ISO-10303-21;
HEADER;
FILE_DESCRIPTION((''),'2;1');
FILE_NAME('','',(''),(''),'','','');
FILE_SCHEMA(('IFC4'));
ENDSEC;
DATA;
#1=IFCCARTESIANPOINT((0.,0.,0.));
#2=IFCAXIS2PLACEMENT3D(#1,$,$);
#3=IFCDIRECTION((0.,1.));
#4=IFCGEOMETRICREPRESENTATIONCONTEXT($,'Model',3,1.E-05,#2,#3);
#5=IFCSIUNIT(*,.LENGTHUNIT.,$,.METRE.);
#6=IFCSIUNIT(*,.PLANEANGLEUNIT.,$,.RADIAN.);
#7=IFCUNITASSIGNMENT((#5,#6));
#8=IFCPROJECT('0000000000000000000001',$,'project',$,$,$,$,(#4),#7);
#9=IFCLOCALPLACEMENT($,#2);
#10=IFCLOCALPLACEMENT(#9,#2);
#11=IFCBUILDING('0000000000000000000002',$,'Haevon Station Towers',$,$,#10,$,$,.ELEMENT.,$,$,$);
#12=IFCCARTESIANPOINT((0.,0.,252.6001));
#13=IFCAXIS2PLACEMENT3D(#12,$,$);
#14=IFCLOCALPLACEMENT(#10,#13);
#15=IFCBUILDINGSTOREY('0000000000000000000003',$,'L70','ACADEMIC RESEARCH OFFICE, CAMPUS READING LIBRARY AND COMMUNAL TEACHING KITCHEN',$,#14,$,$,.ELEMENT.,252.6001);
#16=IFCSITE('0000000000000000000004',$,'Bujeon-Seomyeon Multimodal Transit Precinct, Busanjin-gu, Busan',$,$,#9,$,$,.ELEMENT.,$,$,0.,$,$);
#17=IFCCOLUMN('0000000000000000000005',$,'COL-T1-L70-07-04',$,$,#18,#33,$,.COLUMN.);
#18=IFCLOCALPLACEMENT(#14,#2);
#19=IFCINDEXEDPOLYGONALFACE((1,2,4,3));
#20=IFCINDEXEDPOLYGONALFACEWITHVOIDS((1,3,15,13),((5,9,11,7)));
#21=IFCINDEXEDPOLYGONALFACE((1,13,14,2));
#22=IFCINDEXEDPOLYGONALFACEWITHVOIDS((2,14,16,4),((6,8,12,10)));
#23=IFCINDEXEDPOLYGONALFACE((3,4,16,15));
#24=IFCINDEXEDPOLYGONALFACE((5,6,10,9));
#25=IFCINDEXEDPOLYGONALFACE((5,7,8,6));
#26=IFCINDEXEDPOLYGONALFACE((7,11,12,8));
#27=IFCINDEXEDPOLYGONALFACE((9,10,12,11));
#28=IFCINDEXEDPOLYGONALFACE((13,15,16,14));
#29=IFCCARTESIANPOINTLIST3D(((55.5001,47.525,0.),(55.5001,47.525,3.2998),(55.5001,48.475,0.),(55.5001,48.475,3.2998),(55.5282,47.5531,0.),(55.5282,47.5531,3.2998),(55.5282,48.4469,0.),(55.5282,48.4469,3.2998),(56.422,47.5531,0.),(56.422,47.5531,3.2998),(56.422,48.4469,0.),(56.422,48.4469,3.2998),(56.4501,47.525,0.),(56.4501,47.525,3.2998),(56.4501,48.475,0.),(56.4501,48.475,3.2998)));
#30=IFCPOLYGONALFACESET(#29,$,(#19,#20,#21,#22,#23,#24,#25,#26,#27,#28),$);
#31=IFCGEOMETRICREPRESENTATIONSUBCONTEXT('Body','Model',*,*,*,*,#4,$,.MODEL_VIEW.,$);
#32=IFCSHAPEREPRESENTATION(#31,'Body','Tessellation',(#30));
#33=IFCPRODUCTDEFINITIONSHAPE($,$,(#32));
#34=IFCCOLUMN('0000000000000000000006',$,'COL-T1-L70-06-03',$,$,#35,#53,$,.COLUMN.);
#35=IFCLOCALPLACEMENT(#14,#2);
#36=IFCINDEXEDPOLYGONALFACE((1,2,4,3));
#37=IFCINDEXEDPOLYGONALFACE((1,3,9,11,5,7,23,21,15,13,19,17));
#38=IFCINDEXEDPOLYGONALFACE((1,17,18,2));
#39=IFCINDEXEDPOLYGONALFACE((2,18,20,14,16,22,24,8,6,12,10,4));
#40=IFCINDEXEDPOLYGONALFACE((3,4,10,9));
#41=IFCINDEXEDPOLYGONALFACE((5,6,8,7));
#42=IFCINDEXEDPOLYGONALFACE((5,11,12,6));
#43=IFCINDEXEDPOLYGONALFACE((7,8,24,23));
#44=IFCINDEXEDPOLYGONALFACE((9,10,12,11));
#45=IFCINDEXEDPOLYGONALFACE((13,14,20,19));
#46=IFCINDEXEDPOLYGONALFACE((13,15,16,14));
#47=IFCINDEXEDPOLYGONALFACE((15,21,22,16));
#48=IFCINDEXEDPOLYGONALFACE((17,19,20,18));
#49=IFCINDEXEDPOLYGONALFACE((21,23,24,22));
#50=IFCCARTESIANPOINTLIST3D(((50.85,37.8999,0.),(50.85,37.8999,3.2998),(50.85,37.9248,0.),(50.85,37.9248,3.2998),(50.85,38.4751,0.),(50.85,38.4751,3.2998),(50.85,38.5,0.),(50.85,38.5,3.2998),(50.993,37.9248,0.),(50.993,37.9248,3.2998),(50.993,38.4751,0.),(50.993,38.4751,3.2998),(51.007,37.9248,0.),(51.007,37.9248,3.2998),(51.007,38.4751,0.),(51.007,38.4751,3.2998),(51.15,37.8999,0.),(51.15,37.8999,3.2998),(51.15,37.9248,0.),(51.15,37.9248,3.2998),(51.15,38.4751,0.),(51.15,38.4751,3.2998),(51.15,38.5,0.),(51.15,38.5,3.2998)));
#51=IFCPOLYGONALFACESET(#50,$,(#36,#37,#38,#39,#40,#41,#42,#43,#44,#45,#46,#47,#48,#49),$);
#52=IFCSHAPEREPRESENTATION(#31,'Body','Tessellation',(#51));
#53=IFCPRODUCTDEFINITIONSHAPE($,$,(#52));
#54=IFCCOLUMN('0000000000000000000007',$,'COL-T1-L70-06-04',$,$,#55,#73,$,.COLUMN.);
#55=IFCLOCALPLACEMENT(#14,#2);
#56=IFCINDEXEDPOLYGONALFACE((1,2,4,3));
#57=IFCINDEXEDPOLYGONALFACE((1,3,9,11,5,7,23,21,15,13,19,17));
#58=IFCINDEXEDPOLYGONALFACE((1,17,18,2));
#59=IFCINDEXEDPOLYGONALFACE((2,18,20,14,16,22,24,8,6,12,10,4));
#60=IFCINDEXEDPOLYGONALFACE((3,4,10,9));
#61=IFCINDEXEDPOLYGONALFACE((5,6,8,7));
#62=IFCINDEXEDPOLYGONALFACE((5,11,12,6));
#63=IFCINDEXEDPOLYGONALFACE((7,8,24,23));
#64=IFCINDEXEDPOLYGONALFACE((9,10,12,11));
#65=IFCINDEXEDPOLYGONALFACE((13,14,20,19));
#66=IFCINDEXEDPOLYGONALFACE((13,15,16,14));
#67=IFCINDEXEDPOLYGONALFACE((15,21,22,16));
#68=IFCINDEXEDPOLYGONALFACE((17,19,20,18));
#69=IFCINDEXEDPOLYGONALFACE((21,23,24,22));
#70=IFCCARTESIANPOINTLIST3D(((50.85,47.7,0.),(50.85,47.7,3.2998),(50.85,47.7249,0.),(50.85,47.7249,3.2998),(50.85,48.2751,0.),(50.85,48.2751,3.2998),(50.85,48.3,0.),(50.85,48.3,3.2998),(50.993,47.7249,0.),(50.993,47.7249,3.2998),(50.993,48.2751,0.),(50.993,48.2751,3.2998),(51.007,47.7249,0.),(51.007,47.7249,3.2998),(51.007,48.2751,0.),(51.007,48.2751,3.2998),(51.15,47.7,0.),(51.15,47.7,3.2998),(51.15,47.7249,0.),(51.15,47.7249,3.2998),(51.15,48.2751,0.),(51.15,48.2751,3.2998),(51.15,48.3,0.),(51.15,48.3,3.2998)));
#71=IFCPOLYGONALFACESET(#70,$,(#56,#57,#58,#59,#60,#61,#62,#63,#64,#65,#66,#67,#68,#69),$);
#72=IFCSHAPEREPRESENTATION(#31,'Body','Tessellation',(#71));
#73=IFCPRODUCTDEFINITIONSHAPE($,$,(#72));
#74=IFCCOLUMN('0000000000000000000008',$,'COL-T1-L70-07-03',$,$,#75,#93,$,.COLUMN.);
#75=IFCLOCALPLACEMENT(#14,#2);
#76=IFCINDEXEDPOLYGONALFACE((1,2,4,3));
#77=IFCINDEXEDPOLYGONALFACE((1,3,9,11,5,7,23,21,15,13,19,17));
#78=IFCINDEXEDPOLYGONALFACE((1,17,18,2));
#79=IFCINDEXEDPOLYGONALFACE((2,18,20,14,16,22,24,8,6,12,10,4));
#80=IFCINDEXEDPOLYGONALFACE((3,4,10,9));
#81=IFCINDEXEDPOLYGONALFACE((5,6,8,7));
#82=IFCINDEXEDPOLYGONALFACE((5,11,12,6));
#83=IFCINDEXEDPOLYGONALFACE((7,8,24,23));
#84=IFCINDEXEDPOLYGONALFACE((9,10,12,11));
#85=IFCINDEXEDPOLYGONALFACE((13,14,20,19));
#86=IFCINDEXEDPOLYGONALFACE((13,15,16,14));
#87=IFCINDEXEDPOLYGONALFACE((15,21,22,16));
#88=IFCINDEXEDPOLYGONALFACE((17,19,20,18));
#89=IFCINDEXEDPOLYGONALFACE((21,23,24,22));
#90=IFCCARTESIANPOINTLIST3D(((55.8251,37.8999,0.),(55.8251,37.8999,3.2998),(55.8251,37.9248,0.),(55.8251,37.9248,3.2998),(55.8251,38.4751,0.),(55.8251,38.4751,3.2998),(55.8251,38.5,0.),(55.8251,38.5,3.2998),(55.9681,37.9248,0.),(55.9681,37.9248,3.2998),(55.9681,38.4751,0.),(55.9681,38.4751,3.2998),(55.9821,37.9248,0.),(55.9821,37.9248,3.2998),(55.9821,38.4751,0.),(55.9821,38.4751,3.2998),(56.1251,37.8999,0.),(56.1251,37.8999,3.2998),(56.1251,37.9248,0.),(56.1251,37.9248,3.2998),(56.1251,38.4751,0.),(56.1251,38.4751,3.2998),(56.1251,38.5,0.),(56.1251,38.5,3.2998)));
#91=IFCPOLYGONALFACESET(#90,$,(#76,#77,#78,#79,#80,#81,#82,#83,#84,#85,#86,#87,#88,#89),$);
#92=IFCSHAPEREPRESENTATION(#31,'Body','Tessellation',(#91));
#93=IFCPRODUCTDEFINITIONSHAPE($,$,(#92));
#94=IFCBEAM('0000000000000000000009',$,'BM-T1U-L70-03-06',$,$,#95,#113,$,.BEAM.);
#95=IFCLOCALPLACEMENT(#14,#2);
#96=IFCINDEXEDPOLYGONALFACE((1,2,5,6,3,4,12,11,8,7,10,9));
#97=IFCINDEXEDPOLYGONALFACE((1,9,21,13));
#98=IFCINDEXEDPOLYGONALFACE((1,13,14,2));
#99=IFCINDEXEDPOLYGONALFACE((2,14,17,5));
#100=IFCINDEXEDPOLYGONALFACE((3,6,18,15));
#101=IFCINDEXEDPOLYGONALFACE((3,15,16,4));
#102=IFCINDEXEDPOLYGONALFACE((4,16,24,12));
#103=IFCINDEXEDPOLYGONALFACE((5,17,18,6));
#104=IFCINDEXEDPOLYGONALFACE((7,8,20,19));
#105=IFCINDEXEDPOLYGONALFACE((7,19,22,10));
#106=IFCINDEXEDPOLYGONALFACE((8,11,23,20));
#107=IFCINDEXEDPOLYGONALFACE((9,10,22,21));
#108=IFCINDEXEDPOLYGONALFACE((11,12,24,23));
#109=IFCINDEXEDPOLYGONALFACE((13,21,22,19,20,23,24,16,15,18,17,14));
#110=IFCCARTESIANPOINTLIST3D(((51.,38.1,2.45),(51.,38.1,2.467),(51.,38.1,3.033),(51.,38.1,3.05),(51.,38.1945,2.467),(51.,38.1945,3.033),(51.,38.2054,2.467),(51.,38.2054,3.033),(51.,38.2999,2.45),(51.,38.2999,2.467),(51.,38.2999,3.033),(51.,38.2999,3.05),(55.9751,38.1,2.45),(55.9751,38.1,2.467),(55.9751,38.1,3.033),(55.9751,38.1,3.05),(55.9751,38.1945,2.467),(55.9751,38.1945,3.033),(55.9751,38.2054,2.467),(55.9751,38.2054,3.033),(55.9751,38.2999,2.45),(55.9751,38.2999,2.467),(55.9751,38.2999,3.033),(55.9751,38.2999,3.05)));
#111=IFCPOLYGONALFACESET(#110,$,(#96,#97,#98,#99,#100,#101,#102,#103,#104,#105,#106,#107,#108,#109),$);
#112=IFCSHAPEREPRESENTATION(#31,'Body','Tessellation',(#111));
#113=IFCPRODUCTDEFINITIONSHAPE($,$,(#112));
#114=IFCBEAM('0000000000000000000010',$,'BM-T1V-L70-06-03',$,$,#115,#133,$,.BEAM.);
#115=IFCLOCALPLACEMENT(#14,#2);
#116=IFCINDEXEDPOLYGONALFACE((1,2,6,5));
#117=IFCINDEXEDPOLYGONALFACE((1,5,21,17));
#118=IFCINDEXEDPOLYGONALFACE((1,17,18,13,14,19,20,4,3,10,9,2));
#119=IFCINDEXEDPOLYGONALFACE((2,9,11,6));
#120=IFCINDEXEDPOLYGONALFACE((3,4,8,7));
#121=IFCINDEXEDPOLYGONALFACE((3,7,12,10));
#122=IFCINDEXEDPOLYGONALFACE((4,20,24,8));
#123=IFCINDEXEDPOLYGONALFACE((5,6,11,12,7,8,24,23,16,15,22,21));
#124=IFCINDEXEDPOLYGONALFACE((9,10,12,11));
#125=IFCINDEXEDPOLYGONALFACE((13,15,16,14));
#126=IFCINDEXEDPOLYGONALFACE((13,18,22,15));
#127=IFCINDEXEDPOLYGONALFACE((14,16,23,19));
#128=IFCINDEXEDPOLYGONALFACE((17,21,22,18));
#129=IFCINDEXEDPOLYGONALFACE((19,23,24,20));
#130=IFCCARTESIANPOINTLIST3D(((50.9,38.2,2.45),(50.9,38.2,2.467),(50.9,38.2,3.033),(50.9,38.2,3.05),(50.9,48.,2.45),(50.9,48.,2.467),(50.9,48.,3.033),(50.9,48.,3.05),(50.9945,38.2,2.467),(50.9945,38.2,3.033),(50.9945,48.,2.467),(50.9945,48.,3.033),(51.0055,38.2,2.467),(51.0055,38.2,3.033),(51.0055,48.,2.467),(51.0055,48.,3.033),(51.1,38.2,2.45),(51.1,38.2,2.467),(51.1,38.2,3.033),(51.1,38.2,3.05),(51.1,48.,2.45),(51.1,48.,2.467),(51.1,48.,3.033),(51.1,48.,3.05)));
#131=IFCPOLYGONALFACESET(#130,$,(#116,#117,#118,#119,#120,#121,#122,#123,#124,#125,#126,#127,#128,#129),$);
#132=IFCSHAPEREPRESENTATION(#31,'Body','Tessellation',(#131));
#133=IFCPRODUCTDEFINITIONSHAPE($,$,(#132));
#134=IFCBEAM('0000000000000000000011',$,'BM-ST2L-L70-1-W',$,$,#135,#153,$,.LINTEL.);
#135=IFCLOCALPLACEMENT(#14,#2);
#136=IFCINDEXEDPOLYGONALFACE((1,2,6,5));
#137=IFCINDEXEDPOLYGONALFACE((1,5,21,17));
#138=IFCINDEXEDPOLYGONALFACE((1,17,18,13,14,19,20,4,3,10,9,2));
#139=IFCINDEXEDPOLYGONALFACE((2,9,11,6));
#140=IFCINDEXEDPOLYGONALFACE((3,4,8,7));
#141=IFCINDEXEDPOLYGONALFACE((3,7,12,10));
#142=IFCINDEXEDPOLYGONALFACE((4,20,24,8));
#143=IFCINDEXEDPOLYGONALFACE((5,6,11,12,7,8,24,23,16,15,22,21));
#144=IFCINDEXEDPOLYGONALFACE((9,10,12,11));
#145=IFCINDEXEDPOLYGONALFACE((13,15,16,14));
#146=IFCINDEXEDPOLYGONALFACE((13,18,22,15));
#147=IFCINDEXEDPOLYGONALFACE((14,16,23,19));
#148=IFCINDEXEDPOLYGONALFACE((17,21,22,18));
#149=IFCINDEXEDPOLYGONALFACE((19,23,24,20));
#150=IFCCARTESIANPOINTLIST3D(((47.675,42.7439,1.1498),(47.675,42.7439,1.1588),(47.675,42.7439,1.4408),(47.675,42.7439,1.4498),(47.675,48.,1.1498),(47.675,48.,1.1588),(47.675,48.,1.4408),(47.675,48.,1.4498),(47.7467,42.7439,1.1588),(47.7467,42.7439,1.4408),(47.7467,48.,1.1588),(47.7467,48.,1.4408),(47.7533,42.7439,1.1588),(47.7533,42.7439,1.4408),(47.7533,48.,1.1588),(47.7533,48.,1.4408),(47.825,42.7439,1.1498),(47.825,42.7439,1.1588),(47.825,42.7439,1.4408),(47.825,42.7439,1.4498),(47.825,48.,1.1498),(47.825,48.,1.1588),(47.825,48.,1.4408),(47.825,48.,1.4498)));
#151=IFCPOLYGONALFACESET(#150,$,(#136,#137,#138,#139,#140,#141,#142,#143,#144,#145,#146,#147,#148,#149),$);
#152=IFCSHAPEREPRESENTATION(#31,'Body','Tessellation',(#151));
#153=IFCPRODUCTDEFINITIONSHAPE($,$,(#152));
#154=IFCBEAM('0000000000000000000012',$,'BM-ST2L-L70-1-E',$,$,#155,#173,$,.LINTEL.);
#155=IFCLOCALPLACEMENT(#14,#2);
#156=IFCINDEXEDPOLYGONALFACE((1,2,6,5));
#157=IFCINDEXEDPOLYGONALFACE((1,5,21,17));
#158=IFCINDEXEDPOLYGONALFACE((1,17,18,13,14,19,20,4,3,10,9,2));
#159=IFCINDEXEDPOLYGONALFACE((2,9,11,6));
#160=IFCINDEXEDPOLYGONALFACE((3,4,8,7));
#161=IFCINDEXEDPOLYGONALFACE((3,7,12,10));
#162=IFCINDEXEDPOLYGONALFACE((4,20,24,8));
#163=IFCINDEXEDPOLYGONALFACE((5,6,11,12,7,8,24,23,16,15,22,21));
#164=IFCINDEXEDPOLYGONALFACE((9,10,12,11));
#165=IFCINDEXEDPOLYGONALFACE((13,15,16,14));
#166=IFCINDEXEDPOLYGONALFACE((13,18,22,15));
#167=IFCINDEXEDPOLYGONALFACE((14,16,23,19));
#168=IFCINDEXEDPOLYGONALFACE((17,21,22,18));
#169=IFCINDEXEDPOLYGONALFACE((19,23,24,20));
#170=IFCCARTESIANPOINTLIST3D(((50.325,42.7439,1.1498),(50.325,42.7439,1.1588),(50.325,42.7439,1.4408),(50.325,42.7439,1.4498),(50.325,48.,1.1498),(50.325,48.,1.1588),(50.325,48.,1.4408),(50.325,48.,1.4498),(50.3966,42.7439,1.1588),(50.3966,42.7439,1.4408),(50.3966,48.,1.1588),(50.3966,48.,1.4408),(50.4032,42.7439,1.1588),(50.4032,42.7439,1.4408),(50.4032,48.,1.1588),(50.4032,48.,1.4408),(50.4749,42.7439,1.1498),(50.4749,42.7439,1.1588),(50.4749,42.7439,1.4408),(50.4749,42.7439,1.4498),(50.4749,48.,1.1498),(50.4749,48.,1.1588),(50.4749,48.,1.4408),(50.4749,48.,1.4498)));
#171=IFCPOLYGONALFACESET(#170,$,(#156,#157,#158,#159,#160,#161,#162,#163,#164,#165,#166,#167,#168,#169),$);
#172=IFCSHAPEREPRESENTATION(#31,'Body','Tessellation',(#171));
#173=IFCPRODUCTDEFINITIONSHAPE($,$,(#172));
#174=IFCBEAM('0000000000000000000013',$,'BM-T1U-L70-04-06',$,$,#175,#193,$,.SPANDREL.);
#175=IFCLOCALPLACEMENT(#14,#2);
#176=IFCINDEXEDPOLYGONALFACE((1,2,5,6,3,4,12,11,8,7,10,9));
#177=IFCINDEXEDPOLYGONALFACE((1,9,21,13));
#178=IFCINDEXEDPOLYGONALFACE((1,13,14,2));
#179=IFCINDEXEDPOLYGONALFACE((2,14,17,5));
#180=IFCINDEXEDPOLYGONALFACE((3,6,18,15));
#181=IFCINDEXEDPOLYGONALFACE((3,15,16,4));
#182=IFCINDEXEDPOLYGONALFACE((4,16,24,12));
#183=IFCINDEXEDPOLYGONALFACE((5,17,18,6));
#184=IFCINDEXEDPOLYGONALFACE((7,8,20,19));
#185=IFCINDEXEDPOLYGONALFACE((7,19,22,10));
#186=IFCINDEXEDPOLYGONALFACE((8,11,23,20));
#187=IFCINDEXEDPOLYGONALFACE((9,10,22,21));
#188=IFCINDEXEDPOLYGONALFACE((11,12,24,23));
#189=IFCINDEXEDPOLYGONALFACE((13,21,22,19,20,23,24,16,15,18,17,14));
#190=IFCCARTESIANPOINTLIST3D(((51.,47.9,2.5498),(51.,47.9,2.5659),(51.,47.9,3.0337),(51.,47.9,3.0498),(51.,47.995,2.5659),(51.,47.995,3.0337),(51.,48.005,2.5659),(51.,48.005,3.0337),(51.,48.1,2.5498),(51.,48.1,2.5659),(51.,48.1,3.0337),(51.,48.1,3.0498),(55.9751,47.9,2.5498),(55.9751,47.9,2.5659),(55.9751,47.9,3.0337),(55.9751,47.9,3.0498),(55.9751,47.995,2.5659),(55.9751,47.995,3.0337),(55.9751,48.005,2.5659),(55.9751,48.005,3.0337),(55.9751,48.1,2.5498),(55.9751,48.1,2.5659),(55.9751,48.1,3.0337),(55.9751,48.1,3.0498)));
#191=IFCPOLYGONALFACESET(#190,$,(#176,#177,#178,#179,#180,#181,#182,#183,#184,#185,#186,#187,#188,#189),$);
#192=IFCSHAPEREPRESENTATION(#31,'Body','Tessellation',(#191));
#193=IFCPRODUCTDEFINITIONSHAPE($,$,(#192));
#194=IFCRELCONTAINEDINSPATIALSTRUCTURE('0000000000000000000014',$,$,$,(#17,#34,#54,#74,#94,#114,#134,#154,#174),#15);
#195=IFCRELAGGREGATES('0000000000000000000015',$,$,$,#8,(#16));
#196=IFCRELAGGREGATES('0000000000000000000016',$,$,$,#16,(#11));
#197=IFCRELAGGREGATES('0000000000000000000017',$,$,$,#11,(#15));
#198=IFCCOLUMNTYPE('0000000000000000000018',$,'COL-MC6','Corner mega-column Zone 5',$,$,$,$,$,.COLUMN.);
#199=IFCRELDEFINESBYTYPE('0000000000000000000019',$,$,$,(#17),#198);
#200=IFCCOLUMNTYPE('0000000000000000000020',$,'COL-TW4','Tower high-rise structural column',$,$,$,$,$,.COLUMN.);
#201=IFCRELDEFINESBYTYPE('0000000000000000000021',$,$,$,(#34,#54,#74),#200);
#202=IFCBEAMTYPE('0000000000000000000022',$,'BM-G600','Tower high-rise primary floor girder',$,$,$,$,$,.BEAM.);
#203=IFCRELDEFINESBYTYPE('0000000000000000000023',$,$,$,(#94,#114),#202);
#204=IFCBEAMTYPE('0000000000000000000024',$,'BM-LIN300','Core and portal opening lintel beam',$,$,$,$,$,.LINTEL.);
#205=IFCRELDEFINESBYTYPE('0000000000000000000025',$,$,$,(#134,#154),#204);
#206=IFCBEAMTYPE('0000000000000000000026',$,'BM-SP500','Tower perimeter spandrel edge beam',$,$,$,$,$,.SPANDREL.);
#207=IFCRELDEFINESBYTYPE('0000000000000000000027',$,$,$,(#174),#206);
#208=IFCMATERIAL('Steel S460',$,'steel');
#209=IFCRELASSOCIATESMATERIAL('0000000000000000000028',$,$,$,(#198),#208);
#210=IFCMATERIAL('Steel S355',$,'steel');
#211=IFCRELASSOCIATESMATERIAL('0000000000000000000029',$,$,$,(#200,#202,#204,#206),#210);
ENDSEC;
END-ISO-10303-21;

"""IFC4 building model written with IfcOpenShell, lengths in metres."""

from ifc_helpers import new_model, si_unit, direction, frame, origin, origin_2d, place, context, subcontext, project, spatial, hollow_rectangle, i_section, extrude, material, material_profile, profile_set, type_object, element, save


model = new_model("IFC4")

# Units and contexts
model_context = context("Model", 3, precision=1e-05, world=origin(), true_north=direction((0.0, 1.0)))
body_context = subcontext(model_context, "Body", "Model", "MODEL_VIEW")
ifc_project = project(units=[si_unit("LENGTHUNIT", "METRE"), si_unit("PLANEANGLEUNIT", "RADIAN")], contexts=[model_context])

# Site, building, storey
site_placement = place(None, origin())
site = spatial("IfcSite", under=ifc_project, at=site_placement, Name="Bujeon-Seomyeon Multimodal Transit Precinct, Busanjin-gu, Busan", CompositionType="ELEMENT", RefElevation=0.0)
building_placement = place(site_placement, origin())
building = spatial("IfcBuilding", under=site, at=building_placement, Name="Haevon Station Towers", CompositionType="ELEMENT")
storey_placement = place(building_placement, frame((0.0, 0.0, 252.6001)))
storey = spatial("IfcBuildingStorey", under=building, at=storey_placement, Name="L70", Description="ACADEMIC RESEARCH OFFICE, CAMPUS READING LIBRARY AND COMMUNAL TEACHING KITCHEN", CompositionType="ELEMENT", Elevation=252.6001)

# Columns
ifc_material_1 = material(Name="Steel S460", Category="steel")
ifc_material_profile_1 = material_profile(ifc_material_1, hollow_rectangle(XDim=0.95, YDim=0.95, WallThickness=0.0281, at=origin_2d()), Name="BOX-950x950x28")
ifc_profile_set_1 = profile_set([ifc_material_profile_1], Name="Steel S460")
column_type_1 = type_object("IfcColumnType", Name="COL-MC6", Description="Corner mega-column Zone 5", PredefinedType="COLUMN", material=ifc_profile_set_1)
column_placement = place(storey_placement, frame((55.9751, 48.0, 0.0), z_axis=(0.0, 0.0, 1.0), x_axis=(1.0, 0.0, 0.0)))
element("IfcColumn", 1, at=column_placement, inside=storey, type_object=column_type_1, Name="COL-T1-L70-07-04", PredefinedType="COLUMN", context=body_context, shape_type="SweptSolid", body=[
    extrude(hollow_rectangle(XDim=0.95, YDim=0.95, WallThickness=0.0281, at=origin_2d()), origin(), (0.0, 0.0, 1.0), 3.2998),
])
ifc_material_2 = material(Name="Steel S355", Category="steel")
ifc_material_profile_2 = material_profile(ifc_material_2, i_section(OverallWidth=0.3, OverallDepth=0.6001, WebThickness=0.0139, FlangeThickness=0.0249, at=origin_2d()), Name="H-600x300x14x25")
ifc_profile_set_2 = profile_set([ifc_material_profile_2], Name="Steel S355")
column_type_2 = type_object("IfcColumnType", Name="COL-TW4", Description="Tower high-rise structural column", PredefinedType="COLUMN", material=ifc_profile_set_2)
for number, where, z_axis, x_axis, name in (
    (2, (51.0, 38.2, 0.0), (0.0, 0.0, 1.0), (1.0, 0.0, 0.0), "COL-T1-L70-06-03"),
    (3, (51.0, 48.0, 0.0), (0.0, 0.0, 1.0), (1.0, 0.0, 0.0), "COL-T1-L70-06-04"),
    (4, (55.9751, 38.2, 0.0), (0.0, 0.0, 1.0), (1.0, 0.0, 0.0), "COL-T1-L70-07-03"),
):
    element("IfcColumn", number, at=place(storey_placement, frame(where, z_axis=z_axis, x_axis=x_axis)), inside=storey, type_object=column_type_2, Name=name, PredefinedType="COLUMN", context=body_context, shape_type="SweptSolid", body=[
        extrude(i_section(OverallWidth=0.3, OverallDepth=0.6001, WebThickness=0.0139, FlangeThickness=0.0249, at=origin_2d()), origin(), (0.0, 0.0, 1.0), 3.2998),
    ])

# Beams
ifc_material_profile_3 = material_profile(ifc_material_2, i_section(OverallWidth=0.2, OverallDepth=0.6001, WebThickness=0.011, FlangeThickness=0.0171, at=origin_2d()), Name="H-600x200x11x17")
ifc_profile_set_3 = profile_set([ifc_material_profile_3], Name="Steel S355")
beam_type_1 = type_object("IfcBeamType", Name="BM-G600", Description="Tower high-rise primary floor girder", PredefinedType="BEAM", material=ifc_profile_set_3)
beam_1_placement = place(storey_placement, frame((51.0, 38.2, 2.75), z_axis=(1.0, 0.0, 0.0), x_axis=(0.0, 1.0, 0.0)))
element("IfcBeam", 5, at=beam_1_placement, inside=storey, type_object=beam_type_1, Name="BM-T1U-L70-03-06", PredefinedType="BEAM", context=body_context, shape_type="SweptSolid", body=[
    extrude(i_section(OverallWidth=0.2, OverallDepth=0.6001, WebThickness=0.011, FlangeThickness=0.0171, at=origin_2d()), origin(), (0.0, 0.0, 1.0), 4.9751),
])
beam_2_placement = place(storey_placement, frame((51.0, 38.2, 2.75), z_axis=(0.0, 1.0, 0.0), x_axis=(-1.0, 0.0, 0.0)))
element("IfcBeam", 6, at=beam_2_placement, inside=storey, type_object=beam_type_1, Name="BM-T1V-L70-06-03", PredefinedType="BEAM", context=body_context, shape_type="SweptSolid", body=[
    extrude(i_section(OverallWidth=0.2, OverallDepth=0.6001, WebThickness=0.011, FlangeThickness=0.0171, at=origin_2d()), origin(), (0.0, 0.0, 1.0), 9.8),
])
ifc_material_profile_4 = material_profile(ifc_material_2, i_section(OverallWidth=0.1499, OverallDepth=0.3, WebThickness=0.0066, FlangeThickness=0.009, at=origin_2d()), Name="H-300x150x6.5x9")
ifc_profile_set_4 = profile_set([ifc_material_profile_4], Name="Steel S355")
beam_type_2 = type_object("IfcBeamType", Name="BM-LIN300", Description="Core and portal opening lintel beam", PredefinedType="LINTEL", material=ifc_profile_set_4)
for number, where, z_axis, x_axis, name in (
    (7, (47.75, 42.7439, 1.2998), (0.0, 1.0, 0.0), (-1.0, 0.0, 0.0), "BM-ST2L-L70-1-W"),
    (8, (50.3999, 42.7439, 1.2998), (0.0, 1.0, 0.0), (-1.0, 0.0, 0.0), "BM-ST2L-L70-1-E"),
):
    element("IfcBeam", number, at=place(storey_placement, frame(where, z_axis=z_axis, x_axis=x_axis)), inside=storey, type_object=beam_type_2, Name=name, PredefinedType="LINTEL", context=body_context, shape_type="SweptSolid", body=[
        extrude(i_section(OverallWidth=0.1499, OverallDepth=0.3, WebThickness=0.0066, FlangeThickness=0.009, at=origin_2d()), origin(), (0.0, 0.0, 1.0), 5.2561),
    ])
ifc_material_profile_5 = material_profile(ifc_material_2, i_section(OverallWidth=0.2, OverallDepth=0.5, WebThickness=0.01, FlangeThickness=0.0161, at=origin_2d()), Name="H-500x200x10x16")
ifc_profile_set_5 = profile_set([ifc_material_profile_5], Name="Steel S355")
beam_type_3 = type_object("IfcBeamType", Name="BM-SP500", Description="Tower perimeter spandrel edge beam", PredefinedType="SPANDREL", material=ifc_profile_set_5)
beam_3_placement = place(storey_placement, frame((51.0, 48.0, 2.7998), z_axis=(1.0, 0.0, 0.0), x_axis=(0.0, 1.0, 0.0)))
element("IfcBeam", 9, at=beam_3_placement, inside=storey, type_object=beam_type_3, Name="BM-T1U-L70-04-06", PredefinedType="SPANDREL", context=body_context, shape_type="SweptSolid", body=[
    extrude(i_section(OverallWidth=0.2, OverallDepth=0.5, WebThickness=0.01, FlangeThickness=0.0161, at=origin_2d()), origin(), (0.0, 0.0, 1.0), 4.9751),
])

save(model, "model.ifc")
